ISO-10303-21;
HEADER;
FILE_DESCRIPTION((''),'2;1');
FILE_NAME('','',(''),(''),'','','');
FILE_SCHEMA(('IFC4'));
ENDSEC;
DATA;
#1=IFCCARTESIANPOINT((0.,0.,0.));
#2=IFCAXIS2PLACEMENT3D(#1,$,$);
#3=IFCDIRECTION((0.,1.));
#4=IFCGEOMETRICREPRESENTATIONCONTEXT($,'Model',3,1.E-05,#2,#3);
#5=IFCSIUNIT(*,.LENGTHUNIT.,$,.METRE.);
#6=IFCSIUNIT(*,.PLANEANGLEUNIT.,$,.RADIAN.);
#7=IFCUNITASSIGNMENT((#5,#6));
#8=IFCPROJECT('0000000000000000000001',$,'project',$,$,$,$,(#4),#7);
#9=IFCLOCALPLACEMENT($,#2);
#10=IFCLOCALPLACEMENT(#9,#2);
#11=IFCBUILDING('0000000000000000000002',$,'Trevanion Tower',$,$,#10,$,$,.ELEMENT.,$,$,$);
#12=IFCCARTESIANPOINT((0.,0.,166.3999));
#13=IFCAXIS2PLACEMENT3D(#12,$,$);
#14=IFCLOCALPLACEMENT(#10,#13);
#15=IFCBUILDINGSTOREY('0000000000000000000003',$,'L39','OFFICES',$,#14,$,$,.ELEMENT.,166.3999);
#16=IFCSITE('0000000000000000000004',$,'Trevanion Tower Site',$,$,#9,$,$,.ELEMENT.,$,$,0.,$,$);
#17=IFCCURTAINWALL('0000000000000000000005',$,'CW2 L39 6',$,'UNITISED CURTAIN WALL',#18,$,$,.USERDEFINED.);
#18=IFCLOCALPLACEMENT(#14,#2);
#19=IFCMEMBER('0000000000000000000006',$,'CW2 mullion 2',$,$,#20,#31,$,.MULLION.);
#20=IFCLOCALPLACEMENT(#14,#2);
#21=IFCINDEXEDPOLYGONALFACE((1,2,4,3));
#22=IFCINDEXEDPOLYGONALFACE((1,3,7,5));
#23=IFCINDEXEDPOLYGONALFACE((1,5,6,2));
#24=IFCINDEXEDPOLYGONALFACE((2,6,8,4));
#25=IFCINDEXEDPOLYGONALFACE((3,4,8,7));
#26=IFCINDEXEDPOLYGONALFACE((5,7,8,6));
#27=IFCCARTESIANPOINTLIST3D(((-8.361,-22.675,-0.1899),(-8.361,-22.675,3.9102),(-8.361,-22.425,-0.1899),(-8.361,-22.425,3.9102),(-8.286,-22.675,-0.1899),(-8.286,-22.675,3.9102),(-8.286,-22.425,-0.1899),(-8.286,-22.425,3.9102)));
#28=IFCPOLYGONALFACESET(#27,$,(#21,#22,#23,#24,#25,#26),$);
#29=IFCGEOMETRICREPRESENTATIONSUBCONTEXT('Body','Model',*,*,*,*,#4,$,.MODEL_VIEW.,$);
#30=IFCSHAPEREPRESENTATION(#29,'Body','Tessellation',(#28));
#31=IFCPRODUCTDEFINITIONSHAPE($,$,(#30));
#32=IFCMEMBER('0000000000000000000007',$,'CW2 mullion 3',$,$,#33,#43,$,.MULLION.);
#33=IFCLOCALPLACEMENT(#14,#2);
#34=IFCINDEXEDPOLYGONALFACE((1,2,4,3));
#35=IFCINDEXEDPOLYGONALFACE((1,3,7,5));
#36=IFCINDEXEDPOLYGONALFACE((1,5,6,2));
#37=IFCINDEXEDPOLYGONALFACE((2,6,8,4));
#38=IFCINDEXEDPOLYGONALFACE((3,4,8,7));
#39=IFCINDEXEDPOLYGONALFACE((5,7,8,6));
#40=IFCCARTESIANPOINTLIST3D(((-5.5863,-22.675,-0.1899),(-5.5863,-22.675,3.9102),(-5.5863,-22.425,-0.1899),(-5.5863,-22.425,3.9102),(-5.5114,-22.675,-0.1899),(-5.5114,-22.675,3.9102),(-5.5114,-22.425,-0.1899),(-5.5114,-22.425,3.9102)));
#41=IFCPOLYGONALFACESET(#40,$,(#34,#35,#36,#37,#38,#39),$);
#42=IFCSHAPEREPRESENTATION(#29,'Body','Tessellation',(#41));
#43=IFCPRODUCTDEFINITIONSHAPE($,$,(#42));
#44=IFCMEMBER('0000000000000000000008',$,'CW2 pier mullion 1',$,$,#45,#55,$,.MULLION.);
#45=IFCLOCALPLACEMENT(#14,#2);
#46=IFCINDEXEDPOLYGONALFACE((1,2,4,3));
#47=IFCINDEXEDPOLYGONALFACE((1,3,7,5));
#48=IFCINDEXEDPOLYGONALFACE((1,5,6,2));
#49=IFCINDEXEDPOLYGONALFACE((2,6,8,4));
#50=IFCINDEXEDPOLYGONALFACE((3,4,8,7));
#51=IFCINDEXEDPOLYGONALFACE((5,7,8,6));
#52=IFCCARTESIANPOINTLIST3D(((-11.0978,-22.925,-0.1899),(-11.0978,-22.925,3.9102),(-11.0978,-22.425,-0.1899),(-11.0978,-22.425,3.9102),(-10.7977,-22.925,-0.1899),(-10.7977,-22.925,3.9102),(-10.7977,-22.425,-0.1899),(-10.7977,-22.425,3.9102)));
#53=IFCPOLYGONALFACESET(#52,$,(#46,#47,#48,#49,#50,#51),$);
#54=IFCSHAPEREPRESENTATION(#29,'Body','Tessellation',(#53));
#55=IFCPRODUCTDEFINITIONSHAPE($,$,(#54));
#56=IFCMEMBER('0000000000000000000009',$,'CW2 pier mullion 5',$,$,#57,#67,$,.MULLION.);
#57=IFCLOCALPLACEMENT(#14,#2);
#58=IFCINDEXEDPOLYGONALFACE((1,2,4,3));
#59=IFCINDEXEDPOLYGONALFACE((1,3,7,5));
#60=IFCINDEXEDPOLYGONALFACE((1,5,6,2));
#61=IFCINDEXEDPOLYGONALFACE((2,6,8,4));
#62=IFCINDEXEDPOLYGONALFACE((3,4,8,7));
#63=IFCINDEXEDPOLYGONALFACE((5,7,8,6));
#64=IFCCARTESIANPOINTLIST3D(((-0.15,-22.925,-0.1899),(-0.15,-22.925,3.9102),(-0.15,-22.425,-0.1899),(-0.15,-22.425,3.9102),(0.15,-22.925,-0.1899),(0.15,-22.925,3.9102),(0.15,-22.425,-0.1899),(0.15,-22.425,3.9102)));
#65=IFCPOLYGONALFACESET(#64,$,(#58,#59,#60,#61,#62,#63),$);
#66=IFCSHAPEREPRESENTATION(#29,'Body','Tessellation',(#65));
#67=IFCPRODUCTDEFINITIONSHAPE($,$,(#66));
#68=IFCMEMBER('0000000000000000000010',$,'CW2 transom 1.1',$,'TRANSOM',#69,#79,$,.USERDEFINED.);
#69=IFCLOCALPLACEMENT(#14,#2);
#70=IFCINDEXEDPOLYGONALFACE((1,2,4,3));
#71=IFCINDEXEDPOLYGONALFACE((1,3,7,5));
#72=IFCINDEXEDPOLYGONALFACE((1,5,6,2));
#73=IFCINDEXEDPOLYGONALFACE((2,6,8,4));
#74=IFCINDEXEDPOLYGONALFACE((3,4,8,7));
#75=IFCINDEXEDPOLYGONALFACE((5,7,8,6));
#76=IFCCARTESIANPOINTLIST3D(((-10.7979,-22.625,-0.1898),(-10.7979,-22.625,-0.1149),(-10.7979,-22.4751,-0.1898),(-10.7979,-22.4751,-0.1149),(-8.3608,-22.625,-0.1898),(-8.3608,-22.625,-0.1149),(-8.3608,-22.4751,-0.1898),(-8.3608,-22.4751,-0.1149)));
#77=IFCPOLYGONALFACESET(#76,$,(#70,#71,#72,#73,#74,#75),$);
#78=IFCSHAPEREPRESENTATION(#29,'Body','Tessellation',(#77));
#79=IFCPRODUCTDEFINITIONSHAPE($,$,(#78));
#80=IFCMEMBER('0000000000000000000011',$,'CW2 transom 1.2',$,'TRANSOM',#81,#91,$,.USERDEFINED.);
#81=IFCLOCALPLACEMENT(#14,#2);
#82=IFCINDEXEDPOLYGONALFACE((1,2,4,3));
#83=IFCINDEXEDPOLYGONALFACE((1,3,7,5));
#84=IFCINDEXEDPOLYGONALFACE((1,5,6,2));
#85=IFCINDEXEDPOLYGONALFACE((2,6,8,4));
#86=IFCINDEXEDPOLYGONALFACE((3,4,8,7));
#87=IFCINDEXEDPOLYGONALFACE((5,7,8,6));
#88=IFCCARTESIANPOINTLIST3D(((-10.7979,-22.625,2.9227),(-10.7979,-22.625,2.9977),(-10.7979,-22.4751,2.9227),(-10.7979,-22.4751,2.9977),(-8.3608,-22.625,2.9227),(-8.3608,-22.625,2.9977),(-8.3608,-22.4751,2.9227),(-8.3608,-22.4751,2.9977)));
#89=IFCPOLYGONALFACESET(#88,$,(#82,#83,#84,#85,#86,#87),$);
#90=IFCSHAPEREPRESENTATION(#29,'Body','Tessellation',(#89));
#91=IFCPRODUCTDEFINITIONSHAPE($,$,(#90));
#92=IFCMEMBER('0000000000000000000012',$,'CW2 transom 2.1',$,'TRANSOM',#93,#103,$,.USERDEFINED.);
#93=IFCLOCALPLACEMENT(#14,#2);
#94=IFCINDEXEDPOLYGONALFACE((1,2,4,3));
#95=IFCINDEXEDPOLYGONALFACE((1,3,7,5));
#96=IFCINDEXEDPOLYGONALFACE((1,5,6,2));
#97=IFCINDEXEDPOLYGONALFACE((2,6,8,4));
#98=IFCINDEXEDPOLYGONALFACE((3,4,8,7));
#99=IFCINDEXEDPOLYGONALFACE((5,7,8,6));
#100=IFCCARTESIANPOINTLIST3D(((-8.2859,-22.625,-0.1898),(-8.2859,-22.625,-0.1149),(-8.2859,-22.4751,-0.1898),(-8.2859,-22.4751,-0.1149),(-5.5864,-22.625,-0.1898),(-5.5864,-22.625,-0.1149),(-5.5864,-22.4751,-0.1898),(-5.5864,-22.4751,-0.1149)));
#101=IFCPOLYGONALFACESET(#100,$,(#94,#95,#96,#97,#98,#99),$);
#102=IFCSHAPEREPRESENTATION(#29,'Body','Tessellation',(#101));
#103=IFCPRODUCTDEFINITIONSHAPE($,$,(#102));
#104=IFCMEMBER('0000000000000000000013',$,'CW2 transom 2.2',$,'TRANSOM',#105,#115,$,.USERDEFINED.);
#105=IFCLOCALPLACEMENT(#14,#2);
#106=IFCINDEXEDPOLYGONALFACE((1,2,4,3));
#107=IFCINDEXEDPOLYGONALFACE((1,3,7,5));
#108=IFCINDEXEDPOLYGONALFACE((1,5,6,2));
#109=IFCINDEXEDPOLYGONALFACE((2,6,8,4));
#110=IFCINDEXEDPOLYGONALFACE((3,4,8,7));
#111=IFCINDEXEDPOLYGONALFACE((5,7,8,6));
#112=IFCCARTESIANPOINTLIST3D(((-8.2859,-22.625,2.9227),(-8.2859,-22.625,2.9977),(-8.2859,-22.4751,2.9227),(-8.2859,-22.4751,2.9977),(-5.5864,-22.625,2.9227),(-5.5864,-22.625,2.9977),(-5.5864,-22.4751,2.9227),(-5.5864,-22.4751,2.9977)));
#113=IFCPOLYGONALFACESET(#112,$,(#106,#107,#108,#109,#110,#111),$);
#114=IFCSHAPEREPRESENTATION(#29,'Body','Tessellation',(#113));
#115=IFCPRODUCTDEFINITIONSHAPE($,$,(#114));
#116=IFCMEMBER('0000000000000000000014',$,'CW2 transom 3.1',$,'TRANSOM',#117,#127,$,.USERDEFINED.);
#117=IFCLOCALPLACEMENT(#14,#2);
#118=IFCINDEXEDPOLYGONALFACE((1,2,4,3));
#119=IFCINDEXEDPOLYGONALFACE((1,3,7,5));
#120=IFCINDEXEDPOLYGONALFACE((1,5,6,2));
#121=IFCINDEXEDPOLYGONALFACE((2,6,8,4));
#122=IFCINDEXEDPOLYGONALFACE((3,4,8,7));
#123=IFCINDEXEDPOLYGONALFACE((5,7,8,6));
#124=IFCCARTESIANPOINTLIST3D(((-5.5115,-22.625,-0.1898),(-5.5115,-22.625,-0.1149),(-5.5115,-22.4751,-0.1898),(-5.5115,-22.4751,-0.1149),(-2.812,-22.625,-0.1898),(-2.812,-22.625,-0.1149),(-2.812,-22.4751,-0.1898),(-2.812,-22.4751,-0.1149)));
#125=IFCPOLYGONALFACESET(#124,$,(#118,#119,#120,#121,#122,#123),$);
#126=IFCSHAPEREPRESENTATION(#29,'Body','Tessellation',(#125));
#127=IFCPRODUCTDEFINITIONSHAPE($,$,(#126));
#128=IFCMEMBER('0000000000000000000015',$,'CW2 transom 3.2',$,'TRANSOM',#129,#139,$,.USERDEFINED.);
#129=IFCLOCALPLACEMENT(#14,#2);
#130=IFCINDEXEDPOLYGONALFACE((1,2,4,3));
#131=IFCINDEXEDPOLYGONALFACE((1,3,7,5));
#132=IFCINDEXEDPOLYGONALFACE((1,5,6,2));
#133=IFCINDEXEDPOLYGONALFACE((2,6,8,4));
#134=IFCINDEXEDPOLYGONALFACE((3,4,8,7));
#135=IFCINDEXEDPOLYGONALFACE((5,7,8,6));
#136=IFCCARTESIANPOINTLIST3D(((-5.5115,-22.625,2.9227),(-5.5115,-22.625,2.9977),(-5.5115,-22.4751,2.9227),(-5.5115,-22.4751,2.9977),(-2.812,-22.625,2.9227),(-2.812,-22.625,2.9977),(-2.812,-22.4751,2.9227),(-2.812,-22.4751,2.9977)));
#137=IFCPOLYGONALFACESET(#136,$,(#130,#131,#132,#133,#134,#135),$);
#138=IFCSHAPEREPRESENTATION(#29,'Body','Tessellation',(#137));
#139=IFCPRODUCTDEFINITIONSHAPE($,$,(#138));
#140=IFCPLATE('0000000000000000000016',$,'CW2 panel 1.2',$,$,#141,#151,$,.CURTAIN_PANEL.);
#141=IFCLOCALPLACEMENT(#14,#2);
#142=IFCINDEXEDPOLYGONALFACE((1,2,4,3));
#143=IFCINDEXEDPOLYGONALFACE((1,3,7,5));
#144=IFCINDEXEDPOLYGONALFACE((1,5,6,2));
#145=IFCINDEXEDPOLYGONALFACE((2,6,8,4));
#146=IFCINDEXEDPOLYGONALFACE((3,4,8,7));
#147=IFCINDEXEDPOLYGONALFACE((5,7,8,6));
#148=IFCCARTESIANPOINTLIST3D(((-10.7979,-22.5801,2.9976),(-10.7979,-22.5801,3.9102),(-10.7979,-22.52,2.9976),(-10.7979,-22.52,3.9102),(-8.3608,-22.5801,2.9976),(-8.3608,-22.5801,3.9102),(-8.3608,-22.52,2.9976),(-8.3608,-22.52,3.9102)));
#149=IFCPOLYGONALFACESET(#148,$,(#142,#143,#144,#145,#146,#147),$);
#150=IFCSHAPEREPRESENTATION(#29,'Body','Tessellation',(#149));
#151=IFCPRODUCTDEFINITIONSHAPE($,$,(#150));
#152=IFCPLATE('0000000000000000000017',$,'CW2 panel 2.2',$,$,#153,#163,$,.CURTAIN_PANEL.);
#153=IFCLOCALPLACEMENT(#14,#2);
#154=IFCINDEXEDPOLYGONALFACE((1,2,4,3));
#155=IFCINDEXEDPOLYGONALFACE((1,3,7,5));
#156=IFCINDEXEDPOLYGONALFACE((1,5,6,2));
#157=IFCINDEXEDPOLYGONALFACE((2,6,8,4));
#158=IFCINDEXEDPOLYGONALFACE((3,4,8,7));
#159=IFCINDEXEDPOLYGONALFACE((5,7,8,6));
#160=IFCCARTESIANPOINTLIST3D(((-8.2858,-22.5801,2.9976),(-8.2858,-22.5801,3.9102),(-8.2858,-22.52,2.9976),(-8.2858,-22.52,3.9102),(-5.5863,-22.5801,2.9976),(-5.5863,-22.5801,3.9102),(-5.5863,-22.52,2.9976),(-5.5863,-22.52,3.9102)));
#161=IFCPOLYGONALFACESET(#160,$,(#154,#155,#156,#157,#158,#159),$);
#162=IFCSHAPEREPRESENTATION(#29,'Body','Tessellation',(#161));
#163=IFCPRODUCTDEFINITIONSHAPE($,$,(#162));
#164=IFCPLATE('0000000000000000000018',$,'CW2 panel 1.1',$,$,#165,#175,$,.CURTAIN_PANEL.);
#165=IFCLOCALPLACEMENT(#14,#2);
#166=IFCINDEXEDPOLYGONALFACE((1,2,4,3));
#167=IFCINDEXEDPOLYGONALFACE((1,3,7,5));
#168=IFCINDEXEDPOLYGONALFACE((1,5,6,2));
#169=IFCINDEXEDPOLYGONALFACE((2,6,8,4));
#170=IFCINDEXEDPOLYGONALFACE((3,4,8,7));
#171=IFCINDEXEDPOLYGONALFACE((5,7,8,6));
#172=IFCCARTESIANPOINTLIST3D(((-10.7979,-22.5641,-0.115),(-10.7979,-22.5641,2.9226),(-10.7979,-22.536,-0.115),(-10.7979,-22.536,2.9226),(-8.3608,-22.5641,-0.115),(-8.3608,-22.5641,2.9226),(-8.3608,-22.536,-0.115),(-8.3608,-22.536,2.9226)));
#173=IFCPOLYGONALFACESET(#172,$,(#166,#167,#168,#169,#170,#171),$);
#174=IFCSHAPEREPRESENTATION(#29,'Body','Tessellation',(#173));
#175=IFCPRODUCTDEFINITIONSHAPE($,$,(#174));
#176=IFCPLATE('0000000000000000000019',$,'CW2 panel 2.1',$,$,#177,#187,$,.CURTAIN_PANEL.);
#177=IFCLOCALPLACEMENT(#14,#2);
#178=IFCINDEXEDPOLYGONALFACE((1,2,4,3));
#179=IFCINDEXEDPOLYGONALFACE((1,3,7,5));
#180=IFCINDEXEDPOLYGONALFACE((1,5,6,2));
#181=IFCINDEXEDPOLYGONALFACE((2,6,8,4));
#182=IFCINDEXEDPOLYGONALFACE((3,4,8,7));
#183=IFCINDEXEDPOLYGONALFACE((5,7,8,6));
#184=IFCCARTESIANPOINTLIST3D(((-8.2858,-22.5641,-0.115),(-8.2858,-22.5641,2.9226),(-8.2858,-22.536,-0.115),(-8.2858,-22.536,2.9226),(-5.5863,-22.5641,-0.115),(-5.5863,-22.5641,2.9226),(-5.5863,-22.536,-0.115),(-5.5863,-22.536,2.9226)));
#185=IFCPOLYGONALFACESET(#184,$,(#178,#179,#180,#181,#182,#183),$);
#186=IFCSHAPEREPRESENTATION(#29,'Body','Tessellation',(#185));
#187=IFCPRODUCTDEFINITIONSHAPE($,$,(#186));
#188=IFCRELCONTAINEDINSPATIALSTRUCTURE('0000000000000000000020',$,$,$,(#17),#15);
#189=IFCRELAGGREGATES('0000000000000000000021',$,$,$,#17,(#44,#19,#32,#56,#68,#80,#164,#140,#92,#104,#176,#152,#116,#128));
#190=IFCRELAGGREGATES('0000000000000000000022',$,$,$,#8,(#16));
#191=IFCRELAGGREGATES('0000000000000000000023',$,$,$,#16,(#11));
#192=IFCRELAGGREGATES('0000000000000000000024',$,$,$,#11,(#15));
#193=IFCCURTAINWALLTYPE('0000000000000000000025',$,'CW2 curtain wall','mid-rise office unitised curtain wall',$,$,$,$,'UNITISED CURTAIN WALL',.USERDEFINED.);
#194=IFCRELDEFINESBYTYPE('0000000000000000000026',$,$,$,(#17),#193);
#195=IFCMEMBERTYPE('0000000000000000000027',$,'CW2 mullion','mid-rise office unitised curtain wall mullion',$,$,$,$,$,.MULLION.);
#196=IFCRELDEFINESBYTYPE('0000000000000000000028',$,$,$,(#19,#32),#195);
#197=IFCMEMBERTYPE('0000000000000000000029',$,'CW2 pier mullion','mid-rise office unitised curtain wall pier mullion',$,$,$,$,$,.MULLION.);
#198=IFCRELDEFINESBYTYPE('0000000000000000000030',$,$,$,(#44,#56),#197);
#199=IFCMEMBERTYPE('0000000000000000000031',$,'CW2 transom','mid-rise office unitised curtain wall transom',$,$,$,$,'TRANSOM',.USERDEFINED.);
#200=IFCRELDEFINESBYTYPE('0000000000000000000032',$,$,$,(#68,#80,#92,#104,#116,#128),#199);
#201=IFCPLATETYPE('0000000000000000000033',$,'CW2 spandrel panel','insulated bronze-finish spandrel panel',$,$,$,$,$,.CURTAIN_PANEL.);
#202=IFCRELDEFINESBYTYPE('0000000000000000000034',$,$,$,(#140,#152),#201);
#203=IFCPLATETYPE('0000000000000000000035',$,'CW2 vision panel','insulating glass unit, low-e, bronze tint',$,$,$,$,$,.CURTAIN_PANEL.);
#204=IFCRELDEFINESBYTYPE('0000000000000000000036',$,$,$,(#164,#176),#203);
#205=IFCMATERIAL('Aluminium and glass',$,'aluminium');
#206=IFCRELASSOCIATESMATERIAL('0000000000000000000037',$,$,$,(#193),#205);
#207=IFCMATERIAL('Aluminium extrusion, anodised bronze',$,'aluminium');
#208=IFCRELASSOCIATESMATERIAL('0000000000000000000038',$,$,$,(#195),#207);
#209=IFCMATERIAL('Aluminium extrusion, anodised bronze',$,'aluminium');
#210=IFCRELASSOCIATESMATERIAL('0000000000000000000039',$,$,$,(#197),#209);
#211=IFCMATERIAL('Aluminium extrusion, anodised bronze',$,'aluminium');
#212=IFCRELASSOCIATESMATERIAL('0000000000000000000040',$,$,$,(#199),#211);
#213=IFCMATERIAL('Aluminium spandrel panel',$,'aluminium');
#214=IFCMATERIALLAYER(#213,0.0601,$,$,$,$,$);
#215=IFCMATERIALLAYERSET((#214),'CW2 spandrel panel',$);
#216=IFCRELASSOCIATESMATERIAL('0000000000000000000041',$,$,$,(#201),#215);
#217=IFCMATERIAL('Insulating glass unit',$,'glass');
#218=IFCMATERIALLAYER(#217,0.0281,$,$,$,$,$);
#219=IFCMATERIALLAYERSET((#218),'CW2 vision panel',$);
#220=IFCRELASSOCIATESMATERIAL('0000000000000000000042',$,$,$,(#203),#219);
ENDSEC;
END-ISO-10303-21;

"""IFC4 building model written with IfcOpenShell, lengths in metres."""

from ifc_helpers import new_model, si_unit, direction, frame, origin, origin_2d, place, context, subcontext, project, spatial, rectangle, extrude, material, layer, layer_set, material_profile, profile_set, type_object, element, aggregate, save


model = new_model("IFC4")

# Units and contexts
model_context = context("Model", 3, precision=1e-05, world=origin(), true_north=direction((0.0, 1.0)))
body_context = subcontext(model_context, "Body", "Model", "MODEL_VIEW")
ifc_project = project(units=[si_unit("LENGTHUNIT", "METRE"), si_unit("PLANEANGLEUNIT", "RADIAN")], contexts=[model_context])

# Site, building, storey
site_placement = place(None, origin())
site = spatial("IfcSite", under=ifc_project, at=site_placement, Name="Trevanion Tower Site", CompositionType="ELEMENT", RefElevation=0.0)
building_placement = place(site_placement, origin())
building = spatial("IfcBuilding", under=site, at=building_placement, Name="Trevanion Tower", CompositionType="ELEMENT")
storey_placement = place(building_placement, frame((0.0, 0.0, 166.3999)))
storey = spatial("IfcBuildingStorey", under=building, at=storey_placement, Name="L39", Description="OFFICES", CompositionType="ELEMENT", Elevation=166.3999)

# Curtain wall, members, plates
ifc_material_1 = material(Name="Aluminium and glass", Category="aluminium")
curtain_wall_type = type_object("IfcCurtainWallType", Name="CW2 curtain wall", Description="mid-rise office unitised curtain wall", ElementType="UNITISED CURTAIN WALL", PredefinedType="USERDEFINED", material=ifc_material_1)
curtain_wall_placement = place(storey_placement, origin())
curtain_wall = element("IfcCurtainWall", 1, at=curtain_wall_placement, inside=storey, type_object=curtain_wall_type, Name="CW2 L39 6", ObjectType="UNITISED CURTAIN WALL", PredefinedType="USERDEFINED")
ifc_material_2 = material(Name="Aluminium extrusion, anodised bronze", Category="aluminium")
ifc_material_profile_1 = material_profile(ifc_material_2, rectangle(XDim=0.075, YDim=0.25, at=origin_2d()), Name="CW2 mullion")
ifc_profile_set_1 = profile_set([ifc_material_profile_1], Name="Aluminium extrusion, anodised bronze")
member_type_1 = type_object("IfcMemberType", Name="CW2 mullion", Description="mid-rise office unitised curtain wall mullion", PredefinedType="MULLION", material=ifc_profile_set_1)
member_1_placement = place(storey_placement, frame((-8.3235, -22.55, -0.1899), z_axis=(0.0, 0.0, 1.0), x_axis=(1.0, 0.0, 0.0)))
member_1 = element("IfcMember", 2, at=member_1_placement, type_object=member_type_1, Name="CW2 mullion 2", PredefinedType="MULLION", context=body_context, shape_type="SweptSolid", body=[
    extrude(rectangle(XDim=0.075, YDim=0.25, at=origin_2d()), origin(), (0.0, 0.0, 1.0), 4.1001),
])
member_2_placement = place(storey_placement, frame((-5.5488, -22.55, -0.1899), z_axis=(0.0, 0.0, 1.0), x_axis=(1.0, 0.0, 0.0)))
member_2 = element("IfcMember", 3, at=member_2_placement, type_object=member_type_1, Name="CW2 mullion 3", PredefinedType="MULLION", context=body_context, shape_type="SweptSolid", body=[
    extrude(rectangle(XDim=0.075, YDim=0.25, at=origin_2d()), origin(), (0.0, 0.0, 1.0), 4.1001),
])
ifc_material_3 = material(Name="Aluminium extrusion, anodised bronze", Category="aluminium")
ifc_material_profile_2 = material_profile(ifc_material_3, rectangle(XDim=0.3, YDim=0.5, at=origin_2d()), Name="CW2 pier mullion")
ifc_profile_set_2 = profile_set([ifc_material_profile_2], Name="Aluminium extrusion, anodised bronze")
member_type_2 = type_object("IfcMemberType", Name="CW2 pier mullion", Description="mid-rise office unitised curtain wall pier mullion", PredefinedType="MULLION", material=ifc_profile_set_2)
member_3_placement = place(storey_placement, frame((-10.9478, -22.675, -0.1899), z_axis=(0.0, 0.0, 1.0), x_axis=(1.0, 0.0, 0.0)))
member_3 = element("IfcMember", 4, at=member_3_placement, type_object=member_type_2, Name="CW2 pier mullion 1", PredefinedType="MULLION", context=body_context, shape_type="SweptSolid", body=[
    extrude(rectangle(XDim=0.3, YDim=0.5, at=origin_2d()), origin(), (0.0, 0.0, 1.0), 4.1001),
])
member_4_placement = place(storey_placement, frame((0.0, -22.675, -0.1899), z_axis=(0.0, 0.0, 1.0), x_axis=(1.0, 0.0, 0.0)))
member_4 = element("IfcMember", 5, at=member_4_placement, type_object=member_type_2, Name="CW2 pier mullion 5", PredefinedType="MULLION", context=body_context, shape_type="SweptSolid", body=[
    extrude(rectangle(XDim=0.3, YDim=0.5, at=origin_2d()), origin(), (0.0, 0.0, 1.0), 4.1001),
])
ifc_material_4 = material(Name="Aluminium extrusion, anodised bronze", Category="aluminium")
ifc_material_profile_3 = material_profile(ifc_material_4, rectangle(XDim=0.1499, YDim=0.075, at=origin_2d()), Name="CW2 transom")
ifc_profile_set_3 = profile_set([ifc_material_profile_3], Name="Aluminium extrusion, anodised bronze")
member_type_3 = type_object("IfcMemberType", Name="CW2 transom", Description="mid-rise office unitised curtain wall transom", ElementType="TRANSOM", PredefinedType="USERDEFINED", material=ifc_profile_set_3)
member_5_placement = place(storey_placement, frame((-10.7979, -22.55, -0.1523), z_axis=(1.0, 0.0, 0.0), x_axis=(0.0, 1.0, 0.0)))
member_5 = element("IfcMember", 6, at=member_5_placement, type_object=member_type_3, Name="CW2 transom 1.1", ObjectType="TRANSOM", PredefinedType="USERDEFINED", context=body_context, shape_type="SweptSolid", body=[
    extrude(rectangle(XDim=0.1499, YDim=0.075, at=origin_2d()), origin(), (0.0, 0.0, 1.0), 2.437),
])
member_6_placement = place(storey_placement, frame((-10.7979, -22.55, 2.9602), z_axis=(1.0, 0.0, 0.0), x_axis=(0.0, 1.0, 0.0)))
member_6 = element("IfcMember", 7, at=member_6_placement, type_object=member_type_3, Name="CW2 transom 1.2", ObjectType="TRANSOM", PredefinedType="USERDEFINED", context=body_context, shape_type="SweptSolid", body=[
    extrude(rectangle(XDim=0.1499, YDim=0.075, at=origin_2d()), origin(), (0.0, 0.0, 1.0), 2.437),
])
member_7_placement = place(storey_placement, frame((-8.2859, -22.55, -0.1523), z_axis=(1.0, 0.0, 0.0), x_axis=(0.0, 1.0, 0.0)))
member_7 = element("IfcMember", 8, at=member_7_placement, type_object=member_type_3, Name="CW2 transom 2.1", ObjectType="TRANSOM", PredefinedType="USERDEFINED", context=body_context, shape_type="SweptSolid", body=[
    extrude(rectangle(XDim=0.1499, YDim=0.075, at=origin_2d()), origin(), (0.0, 0.0, 1.0), 2.6995),
])
member_8_placement = place(storey_placement, frame((-8.2859, -22.55, 2.9602), z_axis=(1.0, 0.0, 0.0), x_axis=(0.0, 1.0, 0.0)))
member_8 = element("IfcMember", 9, at=member_8_placement, type_object=member_type_3, Name="CW2 transom 2.2", ObjectType="TRANSOM", PredefinedType="USERDEFINED", context=body_context, shape_type="SweptSolid", body=[
    extrude(rectangle(XDim=0.1499, YDim=0.075, at=origin_2d()), origin(), (0.0, 0.0, 1.0), 2.6995),
])
member_9_placement = place(storey_placement, frame((-5.5115, -22.55, -0.1523), z_axis=(1.0, 0.0, 0.0), x_axis=(0.0, 1.0, 0.0)))
member_9 = element("IfcMember", 10, at=member_9_placement, type_object=member_type_3, Name="CW2 transom 3.1", ObjectType="TRANSOM", PredefinedType="USERDEFINED", context=body_context, shape_type="SweptSolid", body=[
    extrude(rectangle(XDim=0.1499, YDim=0.075, at=origin_2d()), origin(), (0.0, 0.0, 1.0), 2.6995),
])
member_10_placement = place(storey_placement, frame((-5.5115, -22.55, 2.9602), z_axis=(1.0, 0.0, 0.0), x_axis=(0.0, 1.0, 0.0)))
member_10 = element("IfcMember", 11, at=member_10_placement, type_object=member_type_3, Name="CW2 transom 3.2", ObjectType="TRANSOM", PredefinedType="USERDEFINED", context=body_context, shape_type="SweptSolid", body=[
    extrude(rectangle(XDim=0.1499, YDim=0.075, at=origin_2d()), origin(), (0.0, 0.0, 1.0), 2.6995),
])
ifc_material_5 = material(Name="Aluminium spandrel panel", Category="aluminium")
ifc_layer_1 = layer(ifc_material_5, 0.0601)
ifc_layer_set_1 = layer_set([ifc_layer_1], Name="CW2 spandrel panel")
plate_type_1 = type_object("IfcPlateType", Name="CW2 spandrel panel", Description="insulated bronze-finish spandrel panel", PredefinedType="CURTAIN_PANEL", material=ifc_layer_set_1)
plate_1_placement = place(storey_placement, frame((-9.5793, -22.55, 2.9976), z_axis=(0.0, 0.0, 1.0), x_axis=(1.0, 0.0, 0.0)))
plate_1 = element("IfcPlate", 12, at=plate_1_placement, type_object=plate_type_1, Name="CW2 panel 1.2", PredefinedType="CURTAIN_PANEL", context=body_context, shape_type="SweptSolid", body=[
    extrude(rectangle(XDim=2.437, YDim=0.0601, at=origin_2d()), origin(), (0.0, 0.0, 1.0), 0.9126),
])
plate_2_placement = place(storey_placement, frame((-6.936, -22.55, 2.9976), z_axis=(0.0, 0.0, 1.0), x_axis=(1.0, 0.0, 0.0)))
plate_2 = element("IfcPlate", 13, at=plate_2_placement, type_object=plate_type_1, Name="CW2 panel 2.2", PredefinedType="CURTAIN_PANEL", context=body_context, shape_type="SweptSolid", body=[
    extrude(rectangle(XDim=2.6995, YDim=0.0601, at=origin_2d()), origin(), (0.0, 0.0, 1.0), 0.9126),
])
ifc_material_6 = material(Name="Insulating glass unit", Category="glass")
ifc_layer_2 = layer(ifc_material_6, 0.0281)
ifc_layer_set_2 = layer_set([ifc_layer_2], Name="CW2 vision panel")
plate_type_2 = type_object("IfcPlateType", Name="CW2 vision panel", Description="insulating glass unit, low-e, bronze tint", PredefinedType="CURTAIN_PANEL", material=ifc_layer_set_2)
plate_3_placement = place(storey_placement, frame((-9.5793, -22.55, -0.115), z_axis=(0.0, 0.0, 1.0), x_axis=(1.0, 0.0, 0.0)))
plate_3 = element("IfcPlate", 14, at=plate_3_placement, type_object=plate_type_2, Name="CW2 panel 1.1", PredefinedType="CURTAIN_PANEL", context=body_context, shape_type="SweptSolid", body=[
    extrude(rectangle(XDim=2.437, YDim=0.0281, at=origin_2d()), origin(), (0.0, 0.0, 1.0), 3.0376),
])
plate_4_placement = place(storey_placement, frame((-6.936, -22.55, -0.115), z_axis=(0.0, 0.0, 1.0), x_axis=(1.0, 0.0, 0.0)))
plate_4 = element("IfcPlate", 15, at=plate_4_placement, type_object=plate_type_2, Name="CW2 panel 2.1", PredefinedType="CURTAIN_PANEL", context=body_context, shape_type="SweptSolid", body=[
    extrude(rectangle(XDim=2.6995, YDim=0.0281, at=origin_2d()), origin(), (0.0, 0.0, 1.0), 3.0376),
])
aggregate(curtain_wall, [member_3, member_1, member_2, member_4, member_5, member_6, plate_3, plate_1, member_7, member_8, plate_4, plate_2, member_9, member_10])

save(model, "model.ifc")
